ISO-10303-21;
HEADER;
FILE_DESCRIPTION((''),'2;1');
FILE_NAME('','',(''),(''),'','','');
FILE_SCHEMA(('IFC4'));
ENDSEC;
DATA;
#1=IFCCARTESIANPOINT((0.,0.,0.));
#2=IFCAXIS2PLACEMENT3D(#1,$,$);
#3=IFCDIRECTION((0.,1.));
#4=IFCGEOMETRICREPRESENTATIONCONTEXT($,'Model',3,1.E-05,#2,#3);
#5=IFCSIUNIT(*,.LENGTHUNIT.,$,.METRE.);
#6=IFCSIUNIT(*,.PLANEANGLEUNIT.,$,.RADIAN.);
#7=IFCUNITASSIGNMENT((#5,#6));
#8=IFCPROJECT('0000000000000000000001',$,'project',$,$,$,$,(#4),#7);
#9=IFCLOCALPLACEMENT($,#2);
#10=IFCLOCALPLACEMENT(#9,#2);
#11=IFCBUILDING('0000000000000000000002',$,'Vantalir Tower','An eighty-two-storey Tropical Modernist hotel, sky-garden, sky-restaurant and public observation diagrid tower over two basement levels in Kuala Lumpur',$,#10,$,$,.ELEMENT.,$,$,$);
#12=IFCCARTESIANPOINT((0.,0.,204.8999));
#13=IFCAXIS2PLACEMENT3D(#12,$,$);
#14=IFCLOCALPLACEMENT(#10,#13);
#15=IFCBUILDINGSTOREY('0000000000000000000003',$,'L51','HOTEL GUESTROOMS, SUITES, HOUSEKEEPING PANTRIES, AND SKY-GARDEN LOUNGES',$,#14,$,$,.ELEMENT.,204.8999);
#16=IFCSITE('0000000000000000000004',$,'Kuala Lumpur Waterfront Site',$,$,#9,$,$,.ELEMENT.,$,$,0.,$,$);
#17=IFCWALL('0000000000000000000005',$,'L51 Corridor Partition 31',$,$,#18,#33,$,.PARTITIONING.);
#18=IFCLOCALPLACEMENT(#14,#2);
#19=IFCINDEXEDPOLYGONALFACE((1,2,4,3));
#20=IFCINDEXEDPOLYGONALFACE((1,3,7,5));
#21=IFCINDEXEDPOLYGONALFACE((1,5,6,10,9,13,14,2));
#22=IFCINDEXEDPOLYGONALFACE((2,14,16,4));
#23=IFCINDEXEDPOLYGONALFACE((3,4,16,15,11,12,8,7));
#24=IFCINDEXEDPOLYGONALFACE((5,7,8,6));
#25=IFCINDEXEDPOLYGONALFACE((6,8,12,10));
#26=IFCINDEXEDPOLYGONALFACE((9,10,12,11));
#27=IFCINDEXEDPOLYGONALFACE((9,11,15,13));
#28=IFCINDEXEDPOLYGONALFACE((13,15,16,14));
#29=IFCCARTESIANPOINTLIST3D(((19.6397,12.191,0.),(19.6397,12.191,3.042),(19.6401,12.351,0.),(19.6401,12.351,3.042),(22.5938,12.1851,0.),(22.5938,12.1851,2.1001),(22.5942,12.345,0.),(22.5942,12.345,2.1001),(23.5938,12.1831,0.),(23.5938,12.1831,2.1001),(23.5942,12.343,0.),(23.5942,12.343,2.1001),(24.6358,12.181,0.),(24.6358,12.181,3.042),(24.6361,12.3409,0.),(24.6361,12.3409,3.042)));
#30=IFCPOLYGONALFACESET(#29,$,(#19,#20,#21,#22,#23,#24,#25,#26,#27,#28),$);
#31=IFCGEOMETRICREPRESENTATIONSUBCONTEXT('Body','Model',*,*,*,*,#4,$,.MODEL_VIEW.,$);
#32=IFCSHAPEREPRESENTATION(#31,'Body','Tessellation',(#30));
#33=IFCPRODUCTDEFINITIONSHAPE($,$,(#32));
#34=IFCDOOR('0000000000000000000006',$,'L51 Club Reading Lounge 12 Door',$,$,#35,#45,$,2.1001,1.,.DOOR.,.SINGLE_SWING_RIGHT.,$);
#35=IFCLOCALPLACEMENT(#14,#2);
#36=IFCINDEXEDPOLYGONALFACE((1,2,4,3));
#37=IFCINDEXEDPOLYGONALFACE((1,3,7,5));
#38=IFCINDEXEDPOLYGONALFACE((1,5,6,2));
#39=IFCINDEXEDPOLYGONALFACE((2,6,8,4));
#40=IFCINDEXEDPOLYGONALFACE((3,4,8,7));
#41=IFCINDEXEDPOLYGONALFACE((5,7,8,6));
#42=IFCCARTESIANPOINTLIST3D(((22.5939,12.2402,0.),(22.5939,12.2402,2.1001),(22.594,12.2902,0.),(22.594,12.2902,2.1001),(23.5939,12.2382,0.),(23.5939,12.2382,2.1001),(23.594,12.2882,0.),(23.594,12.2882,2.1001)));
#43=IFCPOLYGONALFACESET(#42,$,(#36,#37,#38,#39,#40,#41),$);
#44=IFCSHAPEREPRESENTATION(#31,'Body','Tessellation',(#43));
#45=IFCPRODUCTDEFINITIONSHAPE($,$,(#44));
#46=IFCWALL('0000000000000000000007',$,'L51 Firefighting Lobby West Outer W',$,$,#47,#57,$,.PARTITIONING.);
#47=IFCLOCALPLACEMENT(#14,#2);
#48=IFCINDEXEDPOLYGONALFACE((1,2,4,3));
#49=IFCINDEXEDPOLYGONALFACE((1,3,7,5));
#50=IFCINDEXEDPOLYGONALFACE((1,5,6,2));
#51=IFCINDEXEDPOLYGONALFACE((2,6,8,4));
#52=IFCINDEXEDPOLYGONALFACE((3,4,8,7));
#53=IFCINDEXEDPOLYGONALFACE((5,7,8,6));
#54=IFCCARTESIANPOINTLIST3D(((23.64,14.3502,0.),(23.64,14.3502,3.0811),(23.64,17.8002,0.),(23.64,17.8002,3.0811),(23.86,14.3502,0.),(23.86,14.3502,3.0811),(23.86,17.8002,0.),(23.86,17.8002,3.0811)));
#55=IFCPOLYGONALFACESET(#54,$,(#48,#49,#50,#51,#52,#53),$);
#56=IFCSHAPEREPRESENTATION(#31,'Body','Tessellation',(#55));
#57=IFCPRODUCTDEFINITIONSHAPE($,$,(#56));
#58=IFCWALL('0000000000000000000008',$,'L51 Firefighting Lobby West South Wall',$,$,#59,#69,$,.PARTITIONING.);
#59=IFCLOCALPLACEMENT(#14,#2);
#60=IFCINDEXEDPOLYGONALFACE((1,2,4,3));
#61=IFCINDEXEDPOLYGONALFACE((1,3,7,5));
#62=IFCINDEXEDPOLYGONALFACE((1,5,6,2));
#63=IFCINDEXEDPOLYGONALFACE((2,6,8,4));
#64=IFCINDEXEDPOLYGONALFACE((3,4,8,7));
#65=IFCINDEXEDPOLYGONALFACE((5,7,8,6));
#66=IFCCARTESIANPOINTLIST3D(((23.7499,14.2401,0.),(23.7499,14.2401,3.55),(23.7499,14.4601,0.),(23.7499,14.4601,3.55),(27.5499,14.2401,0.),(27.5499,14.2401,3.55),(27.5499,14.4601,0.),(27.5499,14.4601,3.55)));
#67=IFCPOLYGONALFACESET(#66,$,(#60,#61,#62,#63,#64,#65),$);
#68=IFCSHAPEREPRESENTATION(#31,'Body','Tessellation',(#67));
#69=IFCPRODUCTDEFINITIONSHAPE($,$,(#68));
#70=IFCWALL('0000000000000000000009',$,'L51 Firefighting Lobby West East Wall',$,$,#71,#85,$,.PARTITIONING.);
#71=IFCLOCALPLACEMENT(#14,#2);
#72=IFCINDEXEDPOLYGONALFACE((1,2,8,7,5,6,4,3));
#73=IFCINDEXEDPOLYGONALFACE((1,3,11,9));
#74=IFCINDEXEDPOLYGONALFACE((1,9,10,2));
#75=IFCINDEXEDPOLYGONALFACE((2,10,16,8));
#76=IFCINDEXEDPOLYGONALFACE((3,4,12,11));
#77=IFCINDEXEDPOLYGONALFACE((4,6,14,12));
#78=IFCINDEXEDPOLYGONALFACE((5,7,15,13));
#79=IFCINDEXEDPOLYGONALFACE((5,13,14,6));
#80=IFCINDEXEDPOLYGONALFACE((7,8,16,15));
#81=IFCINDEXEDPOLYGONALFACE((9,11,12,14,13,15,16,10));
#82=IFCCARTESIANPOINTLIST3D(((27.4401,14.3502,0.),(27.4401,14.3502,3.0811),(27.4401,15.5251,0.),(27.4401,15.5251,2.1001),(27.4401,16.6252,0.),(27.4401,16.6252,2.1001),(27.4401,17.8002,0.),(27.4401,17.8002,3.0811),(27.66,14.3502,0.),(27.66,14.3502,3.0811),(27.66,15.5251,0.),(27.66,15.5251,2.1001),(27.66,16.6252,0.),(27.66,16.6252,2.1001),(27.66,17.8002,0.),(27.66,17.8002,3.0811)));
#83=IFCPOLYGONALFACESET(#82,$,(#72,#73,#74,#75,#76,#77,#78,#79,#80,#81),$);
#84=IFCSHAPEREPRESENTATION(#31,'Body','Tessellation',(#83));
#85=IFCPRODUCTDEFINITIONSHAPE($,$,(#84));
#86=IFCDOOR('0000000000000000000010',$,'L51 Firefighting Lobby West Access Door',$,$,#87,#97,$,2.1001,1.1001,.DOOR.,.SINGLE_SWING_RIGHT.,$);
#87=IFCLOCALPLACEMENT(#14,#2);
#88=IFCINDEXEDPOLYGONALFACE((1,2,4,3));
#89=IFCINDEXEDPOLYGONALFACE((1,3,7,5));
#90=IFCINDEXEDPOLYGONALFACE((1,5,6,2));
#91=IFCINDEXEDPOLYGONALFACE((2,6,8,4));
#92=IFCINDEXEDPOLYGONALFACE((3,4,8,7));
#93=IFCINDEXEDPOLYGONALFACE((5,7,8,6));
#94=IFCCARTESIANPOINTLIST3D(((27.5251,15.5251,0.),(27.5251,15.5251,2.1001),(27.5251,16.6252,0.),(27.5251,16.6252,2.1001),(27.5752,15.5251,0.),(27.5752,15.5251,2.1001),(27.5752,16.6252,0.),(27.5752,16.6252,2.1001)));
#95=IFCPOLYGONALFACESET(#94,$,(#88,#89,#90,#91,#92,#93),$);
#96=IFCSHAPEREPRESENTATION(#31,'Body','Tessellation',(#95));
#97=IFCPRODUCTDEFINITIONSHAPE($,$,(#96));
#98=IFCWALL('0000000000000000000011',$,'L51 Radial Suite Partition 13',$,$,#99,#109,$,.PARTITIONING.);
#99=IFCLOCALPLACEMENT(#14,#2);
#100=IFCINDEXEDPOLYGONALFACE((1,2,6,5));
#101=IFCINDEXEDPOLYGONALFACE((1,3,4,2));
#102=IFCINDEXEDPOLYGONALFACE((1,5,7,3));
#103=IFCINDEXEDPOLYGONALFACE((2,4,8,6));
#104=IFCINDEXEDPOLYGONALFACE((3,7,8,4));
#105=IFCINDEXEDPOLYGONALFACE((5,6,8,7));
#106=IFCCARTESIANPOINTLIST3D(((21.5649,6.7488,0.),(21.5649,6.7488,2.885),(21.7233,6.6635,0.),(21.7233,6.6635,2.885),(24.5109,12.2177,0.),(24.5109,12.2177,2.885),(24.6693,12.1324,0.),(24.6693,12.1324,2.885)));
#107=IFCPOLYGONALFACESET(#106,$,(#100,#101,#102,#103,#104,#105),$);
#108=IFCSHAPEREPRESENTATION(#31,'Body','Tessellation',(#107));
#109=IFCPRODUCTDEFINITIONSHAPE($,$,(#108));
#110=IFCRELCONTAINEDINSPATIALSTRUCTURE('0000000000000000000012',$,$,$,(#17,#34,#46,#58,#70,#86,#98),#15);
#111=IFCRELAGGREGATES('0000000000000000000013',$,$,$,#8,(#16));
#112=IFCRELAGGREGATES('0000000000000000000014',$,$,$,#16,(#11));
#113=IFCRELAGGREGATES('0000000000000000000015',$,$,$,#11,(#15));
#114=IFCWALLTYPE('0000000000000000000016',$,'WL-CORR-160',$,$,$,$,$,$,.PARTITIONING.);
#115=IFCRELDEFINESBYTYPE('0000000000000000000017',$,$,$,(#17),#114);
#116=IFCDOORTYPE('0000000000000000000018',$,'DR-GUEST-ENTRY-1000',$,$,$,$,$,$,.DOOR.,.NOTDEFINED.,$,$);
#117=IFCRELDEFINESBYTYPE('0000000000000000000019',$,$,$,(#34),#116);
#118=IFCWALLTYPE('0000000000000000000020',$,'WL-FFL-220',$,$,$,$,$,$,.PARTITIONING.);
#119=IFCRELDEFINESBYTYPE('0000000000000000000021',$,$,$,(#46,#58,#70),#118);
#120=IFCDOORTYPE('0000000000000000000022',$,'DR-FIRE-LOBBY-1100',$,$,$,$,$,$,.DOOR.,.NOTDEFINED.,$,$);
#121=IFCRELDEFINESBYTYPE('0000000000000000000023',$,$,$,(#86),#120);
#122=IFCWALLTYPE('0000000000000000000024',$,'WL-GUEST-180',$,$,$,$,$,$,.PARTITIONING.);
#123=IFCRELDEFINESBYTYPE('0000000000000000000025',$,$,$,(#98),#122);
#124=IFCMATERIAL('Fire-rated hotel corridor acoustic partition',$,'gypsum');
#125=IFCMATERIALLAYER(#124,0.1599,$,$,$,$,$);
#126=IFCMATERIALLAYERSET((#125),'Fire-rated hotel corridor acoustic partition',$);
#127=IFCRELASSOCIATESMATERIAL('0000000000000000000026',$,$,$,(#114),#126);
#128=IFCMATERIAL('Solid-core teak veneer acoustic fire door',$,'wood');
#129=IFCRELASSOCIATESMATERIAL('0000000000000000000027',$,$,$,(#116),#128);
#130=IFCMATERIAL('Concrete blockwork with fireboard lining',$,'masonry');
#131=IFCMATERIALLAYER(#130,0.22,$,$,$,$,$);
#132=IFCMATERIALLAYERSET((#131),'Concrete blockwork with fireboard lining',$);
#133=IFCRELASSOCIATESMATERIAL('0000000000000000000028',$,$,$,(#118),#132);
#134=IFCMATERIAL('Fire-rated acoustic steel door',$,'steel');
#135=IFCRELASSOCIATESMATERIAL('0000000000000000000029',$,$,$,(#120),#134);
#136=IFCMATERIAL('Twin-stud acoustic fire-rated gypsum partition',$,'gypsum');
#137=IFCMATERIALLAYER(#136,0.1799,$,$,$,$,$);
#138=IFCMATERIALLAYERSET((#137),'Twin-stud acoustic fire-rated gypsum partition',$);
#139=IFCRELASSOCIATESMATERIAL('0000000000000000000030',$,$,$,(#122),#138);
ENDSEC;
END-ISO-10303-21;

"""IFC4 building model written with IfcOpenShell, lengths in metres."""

from ifc_helpers import new_model, si_unit, direction, frame, frame_2d, origin, place, context, subcontext, project, spatial, rectangle, extrude, material, layer, layer_set, type_object, element, fill, save


model = new_model("IFC4")

# Units and contexts
model_context = context("Model", 3, precision=1e-05, world=origin(), true_north=direction((0.0, 1.0)))
body_context = subcontext(model_context, "Body", "Model", "MODEL_VIEW")
ifc_project = project(units=[si_unit("LENGTHUNIT", "METRE"), si_unit("PLANEANGLEUNIT", "RADIAN")], contexts=[model_context])

# Site, building, storey
site_placement = place(None, origin())
site = spatial("IfcSite", under=ifc_project, at=site_placement, Name="Kuala Lumpur Waterfront Site", CompositionType="ELEMENT", RefElevation=0.0)
building_placement = place(site_placement, origin())
building = spatial("IfcBuilding", under=site, at=building_placement, Name="Vantalir Tower", Description="An eighty-two-storey Tropical Modernist hotel, sky-garden, sky-restaurant and public observation diagrid tower over two basement levels in Kuala Lumpur", CompositionType="ELEMENT")
storey_placement = place(building_placement, frame((0.0, 0.0, 204.8999)))
storey = spatial("IfcBuildingStorey", under=building, at=storey_placement, Name="L51", Description="HOTEL GUESTROOMS, SUITES, HOUSEKEEPING PANTRIES, AND SKY-GARDEN LOUNGES", CompositionType="ELEMENT", Elevation=204.8999)

# Shared definitions
ifc_material_1 = material(Name="Fire-rated hotel corridor acoustic partition", Category="gypsum")
ifc_layer_1 = layer(ifc_material_1, 0.1599)
ifc_layer_set_1 = layer_set([ifc_layer_1], Name="Fire-rated hotel corridor acoustic partition")
wall_type_1 = type_object("IfcWallType", Name="WL-CORR-160", PredefinedType="PARTITIONING", material=ifc_layer_set_1)

# Wall, opening, door
ifc_material_2 = material(Name="Solid-core teak veneer acoustic fire door", Category="wood")
door_type_1 = type_object("IfcDoorType", Name="DR-GUEST-ENTRY-1000", OperationType="NOTDEFINED", PredefinedType="DOOR", material=ifc_material_2)
wall_1_placement = place(storey_placement, frame((24.636, 12.261, 0.0), z_axis=(0.0, 0.0, 1.0), x_axis=(-0.999998, 0.002004, 0.0)))
wall_1 = element("IfcWall", 1, at=wall_1_placement, inside=storey, type_object=wall_type_1, Name="L51 Corridor Partition 31", PredefinedType="PARTITIONING", context=body_context, shape_type="SweptSolid", body=[
    extrude(rectangle(XDim=4.9961, YDim=0.1599, at=frame_2d((2.498, 0.0))), origin(), (0.0, 0.0, 1.0), 3.042),
])
opening_1_placement = place(wall_1_placement, frame((1.042, 0.0, 0.0)))
opening_1 = element("IfcOpeningElement", 2, at=opening_1_placement, cuts=wall_1, PredefinedType="OPENING", context=body_context, shape_type="SweptSolid", body=[
    extrude(rectangle(XDim=1.0, YDim=2.1001, at=frame_2d((0.5, 1.05))), frame((0.0, 0.0898, 0.0), z_axis=(0.0, -1.0, 0.0), x_axis=(1.0, 0.0, 0.0)), (0.0, 0.0, 1.0), 0.1799),
])
door_1_placement = place(opening_1_placement, origin())
door_1 = element("IfcDoor", 3, at=door_1_placement, inside=storey, type_object=door_type_1, Name="L51 Club Reading Lounge 12 Door", OperationType="SINGLE_SWING_RIGHT", OverallHeight=2.1001, OverallWidth=1.0, PredefinedType="DOOR", context=body_context, shape_type="SweptSolid", body=[
    extrude(rectangle(XDim=1.0, YDim=2.1001, at=frame_2d((0.5, 1.05))), frame((0.0, 0.0249, 0.0), z_axis=(0.0, -1.0, 0.0), x_axis=(1.0, 0.0, 0.0)), (0.0, 0.0, 1.0), 0.05),
])
fill(opening_1, door_1)

# Walls
ifc_material_3 = material(Name="Concrete blockwork with fireboard lining", Category="masonry")
ifc_layer_2 = layer(ifc_material_3, 0.22)
ifc_layer_set_2 = layer_set([ifc_layer_2], Name="Concrete blockwork with fireboard lining")
wall_type_2 = type_object("IfcWallType", Name="WL-FFL-220", PredefinedType="PARTITIONING", material=ifc_layer_set_2)
wall_2_placement = place(storey_placement, frame((23.75, 14.3501, 0.0), z_axis=(0.0, 0.0, 1.0), x_axis=(0.0, 1.0, 0.0)))
element("IfcWall", 4, at=wall_2_placement, inside=storey, type_object=wall_type_2, Name="L51 Firefighting Lobby West Outer W", PredefinedType="PARTITIONING", context=body_context, shape_type="SweptSolid", body=[
    extrude(rectangle(XDim=3.45, YDim=0.22, at=frame_2d((1.7251, 0.0))), origin(), (0.0, 0.0, 1.0), 3.0811),
])
wall_3_placement = place(storey_placement, frame((23.75, 14.3501, 0.0), z_axis=(0.0, 0.0, 1.0), x_axis=(1.0, 0.0, 0.0)))
element("IfcWall", 5, at=wall_3_placement, inside=storey, type_object=wall_type_2, Name="L51 Firefighting Lobby West South Wall", PredefinedType="PARTITIONING", context=body_context, shape_type="SweptSolid", body=[
    extrude(rectangle(XDim=3.8, YDim=0.22, at=frame_2d((1.8999, 0.0))), origin(), (0.0, 0.0, 1.0), 3.55),
])

# Wall, opening, door
wall_4_placement = place(storey_placement, frame((27.55, 14.3501, 0.0), z_axis=(0.0, 0.0, 1.0), x_axis=(0.0, 1.0, 0.0)))
wall_4 = element("IfcWall", 6, at=wall_4_placement, inside=storey, type_object=wall_type_2, Name="L51 Firefighting Lobby West East Wall", PredefinedType="PARTITIONING", context=body_context, shape_type="SweptSolid", body=[
    extrude(rectangle(XDim=3.45, YDim=0.22, at=frame_2d((1.7251, 0.0))), origin(), (0.0, 0.0, 1.0), 3.0811),
])
opening_2_placement = place(wall_4_placement, frame((1.175, 0.0, 0.0)))
opening_2 = element("IfcOpeningElement", 7, at=opening_2_placement, cuts=wall_4, PredefinedType="OPENING", context=body_context, shape_type="SweptSolid", body=[
    extrude(rectangle(XDim=1.1001, YDim=2.1001, at=frame_2d((0.55, 1.05))), frame((0.0, 0.1199, 0.0), z_axis=(0.0, -1.0, 0.0), x_axis=(1.0, 0.0, 0.0)), (0.0, 0.0, 1.0), 0.24),
])
ifc_material_4 = material(Name="Fire-rated acoustic steel door", Category="steel")
door_type_2 = type_object("IfcDoorType", Name="DR-FIRE-LOBBY-1100", OperationType="NOTDEFINED", PredefinedType="DOOR", material=ifc_material_4)
door_2_placement = place(opening_2_placement, origin())
door_2 = element("IfcDoor", 8, at=door_2_placement, inside=storey, type_object=door_type_2, Name="L51 Firefighting Lobby West Access Door", OperationType="SINGLE_SWING_RIGHT", OverallHeight=2.1001, OverallWidth=1.1001, PredefinedType="DOOR", context=body_context, shape_type="SweptSolid", body=[
    extrude(rectangle(XDim=1.1001, YDim=2.1001, at=frame_2d((0.55, 1.05))), frame((0.0, 0.0249, 0.0), z_axis=(0.0, -1.0, 0.0), x_axis=(1.0, 0.0, 0.0)), (0.0, 0.0, 1.0), 0.05),
])
fill(opening_2, door_2)

# Wall
ifc_material_5 = material(Name="Twin-stud acoustic fire-rated gypsum partition", Category="gypsum")
ifc_layer_3 = layer(ifc_material_5, 0.1799)
ifc_layer_set_3 = layer_set([ifc_layer_3], Name="Twin-stud acoustic fire-rated gypsum partition")
wall_type_3 = type_object("IfcWallType", Name="WL-GUEST-180", PredefinedType="PARTITIONING", material=ifc_layer_set_3)
wall_5_placement = place(storey_placement, frame((24.5901, 12.175, 0.0), z_axis=(0.0, 0.0, 1.0), x_axis=(-0.47425, -0.88039, 0.0)))
element("IfcWall", 9, at=wall_5_placement, inside=storey, type_object=wall_type_3, Name="L51 Radial Suite Partition 13", PredefinedType="PARTITIONING", context=body_context, shape_type="SweptSolid", body=[
    extrude(rectangle(XDim=6.2119, YDim=0.1799, at=frame_2d((3.106, 0.0))), origin(), (0.0, 0.0, 1.0), 2.885),
])

save(model, "model.ifc")
